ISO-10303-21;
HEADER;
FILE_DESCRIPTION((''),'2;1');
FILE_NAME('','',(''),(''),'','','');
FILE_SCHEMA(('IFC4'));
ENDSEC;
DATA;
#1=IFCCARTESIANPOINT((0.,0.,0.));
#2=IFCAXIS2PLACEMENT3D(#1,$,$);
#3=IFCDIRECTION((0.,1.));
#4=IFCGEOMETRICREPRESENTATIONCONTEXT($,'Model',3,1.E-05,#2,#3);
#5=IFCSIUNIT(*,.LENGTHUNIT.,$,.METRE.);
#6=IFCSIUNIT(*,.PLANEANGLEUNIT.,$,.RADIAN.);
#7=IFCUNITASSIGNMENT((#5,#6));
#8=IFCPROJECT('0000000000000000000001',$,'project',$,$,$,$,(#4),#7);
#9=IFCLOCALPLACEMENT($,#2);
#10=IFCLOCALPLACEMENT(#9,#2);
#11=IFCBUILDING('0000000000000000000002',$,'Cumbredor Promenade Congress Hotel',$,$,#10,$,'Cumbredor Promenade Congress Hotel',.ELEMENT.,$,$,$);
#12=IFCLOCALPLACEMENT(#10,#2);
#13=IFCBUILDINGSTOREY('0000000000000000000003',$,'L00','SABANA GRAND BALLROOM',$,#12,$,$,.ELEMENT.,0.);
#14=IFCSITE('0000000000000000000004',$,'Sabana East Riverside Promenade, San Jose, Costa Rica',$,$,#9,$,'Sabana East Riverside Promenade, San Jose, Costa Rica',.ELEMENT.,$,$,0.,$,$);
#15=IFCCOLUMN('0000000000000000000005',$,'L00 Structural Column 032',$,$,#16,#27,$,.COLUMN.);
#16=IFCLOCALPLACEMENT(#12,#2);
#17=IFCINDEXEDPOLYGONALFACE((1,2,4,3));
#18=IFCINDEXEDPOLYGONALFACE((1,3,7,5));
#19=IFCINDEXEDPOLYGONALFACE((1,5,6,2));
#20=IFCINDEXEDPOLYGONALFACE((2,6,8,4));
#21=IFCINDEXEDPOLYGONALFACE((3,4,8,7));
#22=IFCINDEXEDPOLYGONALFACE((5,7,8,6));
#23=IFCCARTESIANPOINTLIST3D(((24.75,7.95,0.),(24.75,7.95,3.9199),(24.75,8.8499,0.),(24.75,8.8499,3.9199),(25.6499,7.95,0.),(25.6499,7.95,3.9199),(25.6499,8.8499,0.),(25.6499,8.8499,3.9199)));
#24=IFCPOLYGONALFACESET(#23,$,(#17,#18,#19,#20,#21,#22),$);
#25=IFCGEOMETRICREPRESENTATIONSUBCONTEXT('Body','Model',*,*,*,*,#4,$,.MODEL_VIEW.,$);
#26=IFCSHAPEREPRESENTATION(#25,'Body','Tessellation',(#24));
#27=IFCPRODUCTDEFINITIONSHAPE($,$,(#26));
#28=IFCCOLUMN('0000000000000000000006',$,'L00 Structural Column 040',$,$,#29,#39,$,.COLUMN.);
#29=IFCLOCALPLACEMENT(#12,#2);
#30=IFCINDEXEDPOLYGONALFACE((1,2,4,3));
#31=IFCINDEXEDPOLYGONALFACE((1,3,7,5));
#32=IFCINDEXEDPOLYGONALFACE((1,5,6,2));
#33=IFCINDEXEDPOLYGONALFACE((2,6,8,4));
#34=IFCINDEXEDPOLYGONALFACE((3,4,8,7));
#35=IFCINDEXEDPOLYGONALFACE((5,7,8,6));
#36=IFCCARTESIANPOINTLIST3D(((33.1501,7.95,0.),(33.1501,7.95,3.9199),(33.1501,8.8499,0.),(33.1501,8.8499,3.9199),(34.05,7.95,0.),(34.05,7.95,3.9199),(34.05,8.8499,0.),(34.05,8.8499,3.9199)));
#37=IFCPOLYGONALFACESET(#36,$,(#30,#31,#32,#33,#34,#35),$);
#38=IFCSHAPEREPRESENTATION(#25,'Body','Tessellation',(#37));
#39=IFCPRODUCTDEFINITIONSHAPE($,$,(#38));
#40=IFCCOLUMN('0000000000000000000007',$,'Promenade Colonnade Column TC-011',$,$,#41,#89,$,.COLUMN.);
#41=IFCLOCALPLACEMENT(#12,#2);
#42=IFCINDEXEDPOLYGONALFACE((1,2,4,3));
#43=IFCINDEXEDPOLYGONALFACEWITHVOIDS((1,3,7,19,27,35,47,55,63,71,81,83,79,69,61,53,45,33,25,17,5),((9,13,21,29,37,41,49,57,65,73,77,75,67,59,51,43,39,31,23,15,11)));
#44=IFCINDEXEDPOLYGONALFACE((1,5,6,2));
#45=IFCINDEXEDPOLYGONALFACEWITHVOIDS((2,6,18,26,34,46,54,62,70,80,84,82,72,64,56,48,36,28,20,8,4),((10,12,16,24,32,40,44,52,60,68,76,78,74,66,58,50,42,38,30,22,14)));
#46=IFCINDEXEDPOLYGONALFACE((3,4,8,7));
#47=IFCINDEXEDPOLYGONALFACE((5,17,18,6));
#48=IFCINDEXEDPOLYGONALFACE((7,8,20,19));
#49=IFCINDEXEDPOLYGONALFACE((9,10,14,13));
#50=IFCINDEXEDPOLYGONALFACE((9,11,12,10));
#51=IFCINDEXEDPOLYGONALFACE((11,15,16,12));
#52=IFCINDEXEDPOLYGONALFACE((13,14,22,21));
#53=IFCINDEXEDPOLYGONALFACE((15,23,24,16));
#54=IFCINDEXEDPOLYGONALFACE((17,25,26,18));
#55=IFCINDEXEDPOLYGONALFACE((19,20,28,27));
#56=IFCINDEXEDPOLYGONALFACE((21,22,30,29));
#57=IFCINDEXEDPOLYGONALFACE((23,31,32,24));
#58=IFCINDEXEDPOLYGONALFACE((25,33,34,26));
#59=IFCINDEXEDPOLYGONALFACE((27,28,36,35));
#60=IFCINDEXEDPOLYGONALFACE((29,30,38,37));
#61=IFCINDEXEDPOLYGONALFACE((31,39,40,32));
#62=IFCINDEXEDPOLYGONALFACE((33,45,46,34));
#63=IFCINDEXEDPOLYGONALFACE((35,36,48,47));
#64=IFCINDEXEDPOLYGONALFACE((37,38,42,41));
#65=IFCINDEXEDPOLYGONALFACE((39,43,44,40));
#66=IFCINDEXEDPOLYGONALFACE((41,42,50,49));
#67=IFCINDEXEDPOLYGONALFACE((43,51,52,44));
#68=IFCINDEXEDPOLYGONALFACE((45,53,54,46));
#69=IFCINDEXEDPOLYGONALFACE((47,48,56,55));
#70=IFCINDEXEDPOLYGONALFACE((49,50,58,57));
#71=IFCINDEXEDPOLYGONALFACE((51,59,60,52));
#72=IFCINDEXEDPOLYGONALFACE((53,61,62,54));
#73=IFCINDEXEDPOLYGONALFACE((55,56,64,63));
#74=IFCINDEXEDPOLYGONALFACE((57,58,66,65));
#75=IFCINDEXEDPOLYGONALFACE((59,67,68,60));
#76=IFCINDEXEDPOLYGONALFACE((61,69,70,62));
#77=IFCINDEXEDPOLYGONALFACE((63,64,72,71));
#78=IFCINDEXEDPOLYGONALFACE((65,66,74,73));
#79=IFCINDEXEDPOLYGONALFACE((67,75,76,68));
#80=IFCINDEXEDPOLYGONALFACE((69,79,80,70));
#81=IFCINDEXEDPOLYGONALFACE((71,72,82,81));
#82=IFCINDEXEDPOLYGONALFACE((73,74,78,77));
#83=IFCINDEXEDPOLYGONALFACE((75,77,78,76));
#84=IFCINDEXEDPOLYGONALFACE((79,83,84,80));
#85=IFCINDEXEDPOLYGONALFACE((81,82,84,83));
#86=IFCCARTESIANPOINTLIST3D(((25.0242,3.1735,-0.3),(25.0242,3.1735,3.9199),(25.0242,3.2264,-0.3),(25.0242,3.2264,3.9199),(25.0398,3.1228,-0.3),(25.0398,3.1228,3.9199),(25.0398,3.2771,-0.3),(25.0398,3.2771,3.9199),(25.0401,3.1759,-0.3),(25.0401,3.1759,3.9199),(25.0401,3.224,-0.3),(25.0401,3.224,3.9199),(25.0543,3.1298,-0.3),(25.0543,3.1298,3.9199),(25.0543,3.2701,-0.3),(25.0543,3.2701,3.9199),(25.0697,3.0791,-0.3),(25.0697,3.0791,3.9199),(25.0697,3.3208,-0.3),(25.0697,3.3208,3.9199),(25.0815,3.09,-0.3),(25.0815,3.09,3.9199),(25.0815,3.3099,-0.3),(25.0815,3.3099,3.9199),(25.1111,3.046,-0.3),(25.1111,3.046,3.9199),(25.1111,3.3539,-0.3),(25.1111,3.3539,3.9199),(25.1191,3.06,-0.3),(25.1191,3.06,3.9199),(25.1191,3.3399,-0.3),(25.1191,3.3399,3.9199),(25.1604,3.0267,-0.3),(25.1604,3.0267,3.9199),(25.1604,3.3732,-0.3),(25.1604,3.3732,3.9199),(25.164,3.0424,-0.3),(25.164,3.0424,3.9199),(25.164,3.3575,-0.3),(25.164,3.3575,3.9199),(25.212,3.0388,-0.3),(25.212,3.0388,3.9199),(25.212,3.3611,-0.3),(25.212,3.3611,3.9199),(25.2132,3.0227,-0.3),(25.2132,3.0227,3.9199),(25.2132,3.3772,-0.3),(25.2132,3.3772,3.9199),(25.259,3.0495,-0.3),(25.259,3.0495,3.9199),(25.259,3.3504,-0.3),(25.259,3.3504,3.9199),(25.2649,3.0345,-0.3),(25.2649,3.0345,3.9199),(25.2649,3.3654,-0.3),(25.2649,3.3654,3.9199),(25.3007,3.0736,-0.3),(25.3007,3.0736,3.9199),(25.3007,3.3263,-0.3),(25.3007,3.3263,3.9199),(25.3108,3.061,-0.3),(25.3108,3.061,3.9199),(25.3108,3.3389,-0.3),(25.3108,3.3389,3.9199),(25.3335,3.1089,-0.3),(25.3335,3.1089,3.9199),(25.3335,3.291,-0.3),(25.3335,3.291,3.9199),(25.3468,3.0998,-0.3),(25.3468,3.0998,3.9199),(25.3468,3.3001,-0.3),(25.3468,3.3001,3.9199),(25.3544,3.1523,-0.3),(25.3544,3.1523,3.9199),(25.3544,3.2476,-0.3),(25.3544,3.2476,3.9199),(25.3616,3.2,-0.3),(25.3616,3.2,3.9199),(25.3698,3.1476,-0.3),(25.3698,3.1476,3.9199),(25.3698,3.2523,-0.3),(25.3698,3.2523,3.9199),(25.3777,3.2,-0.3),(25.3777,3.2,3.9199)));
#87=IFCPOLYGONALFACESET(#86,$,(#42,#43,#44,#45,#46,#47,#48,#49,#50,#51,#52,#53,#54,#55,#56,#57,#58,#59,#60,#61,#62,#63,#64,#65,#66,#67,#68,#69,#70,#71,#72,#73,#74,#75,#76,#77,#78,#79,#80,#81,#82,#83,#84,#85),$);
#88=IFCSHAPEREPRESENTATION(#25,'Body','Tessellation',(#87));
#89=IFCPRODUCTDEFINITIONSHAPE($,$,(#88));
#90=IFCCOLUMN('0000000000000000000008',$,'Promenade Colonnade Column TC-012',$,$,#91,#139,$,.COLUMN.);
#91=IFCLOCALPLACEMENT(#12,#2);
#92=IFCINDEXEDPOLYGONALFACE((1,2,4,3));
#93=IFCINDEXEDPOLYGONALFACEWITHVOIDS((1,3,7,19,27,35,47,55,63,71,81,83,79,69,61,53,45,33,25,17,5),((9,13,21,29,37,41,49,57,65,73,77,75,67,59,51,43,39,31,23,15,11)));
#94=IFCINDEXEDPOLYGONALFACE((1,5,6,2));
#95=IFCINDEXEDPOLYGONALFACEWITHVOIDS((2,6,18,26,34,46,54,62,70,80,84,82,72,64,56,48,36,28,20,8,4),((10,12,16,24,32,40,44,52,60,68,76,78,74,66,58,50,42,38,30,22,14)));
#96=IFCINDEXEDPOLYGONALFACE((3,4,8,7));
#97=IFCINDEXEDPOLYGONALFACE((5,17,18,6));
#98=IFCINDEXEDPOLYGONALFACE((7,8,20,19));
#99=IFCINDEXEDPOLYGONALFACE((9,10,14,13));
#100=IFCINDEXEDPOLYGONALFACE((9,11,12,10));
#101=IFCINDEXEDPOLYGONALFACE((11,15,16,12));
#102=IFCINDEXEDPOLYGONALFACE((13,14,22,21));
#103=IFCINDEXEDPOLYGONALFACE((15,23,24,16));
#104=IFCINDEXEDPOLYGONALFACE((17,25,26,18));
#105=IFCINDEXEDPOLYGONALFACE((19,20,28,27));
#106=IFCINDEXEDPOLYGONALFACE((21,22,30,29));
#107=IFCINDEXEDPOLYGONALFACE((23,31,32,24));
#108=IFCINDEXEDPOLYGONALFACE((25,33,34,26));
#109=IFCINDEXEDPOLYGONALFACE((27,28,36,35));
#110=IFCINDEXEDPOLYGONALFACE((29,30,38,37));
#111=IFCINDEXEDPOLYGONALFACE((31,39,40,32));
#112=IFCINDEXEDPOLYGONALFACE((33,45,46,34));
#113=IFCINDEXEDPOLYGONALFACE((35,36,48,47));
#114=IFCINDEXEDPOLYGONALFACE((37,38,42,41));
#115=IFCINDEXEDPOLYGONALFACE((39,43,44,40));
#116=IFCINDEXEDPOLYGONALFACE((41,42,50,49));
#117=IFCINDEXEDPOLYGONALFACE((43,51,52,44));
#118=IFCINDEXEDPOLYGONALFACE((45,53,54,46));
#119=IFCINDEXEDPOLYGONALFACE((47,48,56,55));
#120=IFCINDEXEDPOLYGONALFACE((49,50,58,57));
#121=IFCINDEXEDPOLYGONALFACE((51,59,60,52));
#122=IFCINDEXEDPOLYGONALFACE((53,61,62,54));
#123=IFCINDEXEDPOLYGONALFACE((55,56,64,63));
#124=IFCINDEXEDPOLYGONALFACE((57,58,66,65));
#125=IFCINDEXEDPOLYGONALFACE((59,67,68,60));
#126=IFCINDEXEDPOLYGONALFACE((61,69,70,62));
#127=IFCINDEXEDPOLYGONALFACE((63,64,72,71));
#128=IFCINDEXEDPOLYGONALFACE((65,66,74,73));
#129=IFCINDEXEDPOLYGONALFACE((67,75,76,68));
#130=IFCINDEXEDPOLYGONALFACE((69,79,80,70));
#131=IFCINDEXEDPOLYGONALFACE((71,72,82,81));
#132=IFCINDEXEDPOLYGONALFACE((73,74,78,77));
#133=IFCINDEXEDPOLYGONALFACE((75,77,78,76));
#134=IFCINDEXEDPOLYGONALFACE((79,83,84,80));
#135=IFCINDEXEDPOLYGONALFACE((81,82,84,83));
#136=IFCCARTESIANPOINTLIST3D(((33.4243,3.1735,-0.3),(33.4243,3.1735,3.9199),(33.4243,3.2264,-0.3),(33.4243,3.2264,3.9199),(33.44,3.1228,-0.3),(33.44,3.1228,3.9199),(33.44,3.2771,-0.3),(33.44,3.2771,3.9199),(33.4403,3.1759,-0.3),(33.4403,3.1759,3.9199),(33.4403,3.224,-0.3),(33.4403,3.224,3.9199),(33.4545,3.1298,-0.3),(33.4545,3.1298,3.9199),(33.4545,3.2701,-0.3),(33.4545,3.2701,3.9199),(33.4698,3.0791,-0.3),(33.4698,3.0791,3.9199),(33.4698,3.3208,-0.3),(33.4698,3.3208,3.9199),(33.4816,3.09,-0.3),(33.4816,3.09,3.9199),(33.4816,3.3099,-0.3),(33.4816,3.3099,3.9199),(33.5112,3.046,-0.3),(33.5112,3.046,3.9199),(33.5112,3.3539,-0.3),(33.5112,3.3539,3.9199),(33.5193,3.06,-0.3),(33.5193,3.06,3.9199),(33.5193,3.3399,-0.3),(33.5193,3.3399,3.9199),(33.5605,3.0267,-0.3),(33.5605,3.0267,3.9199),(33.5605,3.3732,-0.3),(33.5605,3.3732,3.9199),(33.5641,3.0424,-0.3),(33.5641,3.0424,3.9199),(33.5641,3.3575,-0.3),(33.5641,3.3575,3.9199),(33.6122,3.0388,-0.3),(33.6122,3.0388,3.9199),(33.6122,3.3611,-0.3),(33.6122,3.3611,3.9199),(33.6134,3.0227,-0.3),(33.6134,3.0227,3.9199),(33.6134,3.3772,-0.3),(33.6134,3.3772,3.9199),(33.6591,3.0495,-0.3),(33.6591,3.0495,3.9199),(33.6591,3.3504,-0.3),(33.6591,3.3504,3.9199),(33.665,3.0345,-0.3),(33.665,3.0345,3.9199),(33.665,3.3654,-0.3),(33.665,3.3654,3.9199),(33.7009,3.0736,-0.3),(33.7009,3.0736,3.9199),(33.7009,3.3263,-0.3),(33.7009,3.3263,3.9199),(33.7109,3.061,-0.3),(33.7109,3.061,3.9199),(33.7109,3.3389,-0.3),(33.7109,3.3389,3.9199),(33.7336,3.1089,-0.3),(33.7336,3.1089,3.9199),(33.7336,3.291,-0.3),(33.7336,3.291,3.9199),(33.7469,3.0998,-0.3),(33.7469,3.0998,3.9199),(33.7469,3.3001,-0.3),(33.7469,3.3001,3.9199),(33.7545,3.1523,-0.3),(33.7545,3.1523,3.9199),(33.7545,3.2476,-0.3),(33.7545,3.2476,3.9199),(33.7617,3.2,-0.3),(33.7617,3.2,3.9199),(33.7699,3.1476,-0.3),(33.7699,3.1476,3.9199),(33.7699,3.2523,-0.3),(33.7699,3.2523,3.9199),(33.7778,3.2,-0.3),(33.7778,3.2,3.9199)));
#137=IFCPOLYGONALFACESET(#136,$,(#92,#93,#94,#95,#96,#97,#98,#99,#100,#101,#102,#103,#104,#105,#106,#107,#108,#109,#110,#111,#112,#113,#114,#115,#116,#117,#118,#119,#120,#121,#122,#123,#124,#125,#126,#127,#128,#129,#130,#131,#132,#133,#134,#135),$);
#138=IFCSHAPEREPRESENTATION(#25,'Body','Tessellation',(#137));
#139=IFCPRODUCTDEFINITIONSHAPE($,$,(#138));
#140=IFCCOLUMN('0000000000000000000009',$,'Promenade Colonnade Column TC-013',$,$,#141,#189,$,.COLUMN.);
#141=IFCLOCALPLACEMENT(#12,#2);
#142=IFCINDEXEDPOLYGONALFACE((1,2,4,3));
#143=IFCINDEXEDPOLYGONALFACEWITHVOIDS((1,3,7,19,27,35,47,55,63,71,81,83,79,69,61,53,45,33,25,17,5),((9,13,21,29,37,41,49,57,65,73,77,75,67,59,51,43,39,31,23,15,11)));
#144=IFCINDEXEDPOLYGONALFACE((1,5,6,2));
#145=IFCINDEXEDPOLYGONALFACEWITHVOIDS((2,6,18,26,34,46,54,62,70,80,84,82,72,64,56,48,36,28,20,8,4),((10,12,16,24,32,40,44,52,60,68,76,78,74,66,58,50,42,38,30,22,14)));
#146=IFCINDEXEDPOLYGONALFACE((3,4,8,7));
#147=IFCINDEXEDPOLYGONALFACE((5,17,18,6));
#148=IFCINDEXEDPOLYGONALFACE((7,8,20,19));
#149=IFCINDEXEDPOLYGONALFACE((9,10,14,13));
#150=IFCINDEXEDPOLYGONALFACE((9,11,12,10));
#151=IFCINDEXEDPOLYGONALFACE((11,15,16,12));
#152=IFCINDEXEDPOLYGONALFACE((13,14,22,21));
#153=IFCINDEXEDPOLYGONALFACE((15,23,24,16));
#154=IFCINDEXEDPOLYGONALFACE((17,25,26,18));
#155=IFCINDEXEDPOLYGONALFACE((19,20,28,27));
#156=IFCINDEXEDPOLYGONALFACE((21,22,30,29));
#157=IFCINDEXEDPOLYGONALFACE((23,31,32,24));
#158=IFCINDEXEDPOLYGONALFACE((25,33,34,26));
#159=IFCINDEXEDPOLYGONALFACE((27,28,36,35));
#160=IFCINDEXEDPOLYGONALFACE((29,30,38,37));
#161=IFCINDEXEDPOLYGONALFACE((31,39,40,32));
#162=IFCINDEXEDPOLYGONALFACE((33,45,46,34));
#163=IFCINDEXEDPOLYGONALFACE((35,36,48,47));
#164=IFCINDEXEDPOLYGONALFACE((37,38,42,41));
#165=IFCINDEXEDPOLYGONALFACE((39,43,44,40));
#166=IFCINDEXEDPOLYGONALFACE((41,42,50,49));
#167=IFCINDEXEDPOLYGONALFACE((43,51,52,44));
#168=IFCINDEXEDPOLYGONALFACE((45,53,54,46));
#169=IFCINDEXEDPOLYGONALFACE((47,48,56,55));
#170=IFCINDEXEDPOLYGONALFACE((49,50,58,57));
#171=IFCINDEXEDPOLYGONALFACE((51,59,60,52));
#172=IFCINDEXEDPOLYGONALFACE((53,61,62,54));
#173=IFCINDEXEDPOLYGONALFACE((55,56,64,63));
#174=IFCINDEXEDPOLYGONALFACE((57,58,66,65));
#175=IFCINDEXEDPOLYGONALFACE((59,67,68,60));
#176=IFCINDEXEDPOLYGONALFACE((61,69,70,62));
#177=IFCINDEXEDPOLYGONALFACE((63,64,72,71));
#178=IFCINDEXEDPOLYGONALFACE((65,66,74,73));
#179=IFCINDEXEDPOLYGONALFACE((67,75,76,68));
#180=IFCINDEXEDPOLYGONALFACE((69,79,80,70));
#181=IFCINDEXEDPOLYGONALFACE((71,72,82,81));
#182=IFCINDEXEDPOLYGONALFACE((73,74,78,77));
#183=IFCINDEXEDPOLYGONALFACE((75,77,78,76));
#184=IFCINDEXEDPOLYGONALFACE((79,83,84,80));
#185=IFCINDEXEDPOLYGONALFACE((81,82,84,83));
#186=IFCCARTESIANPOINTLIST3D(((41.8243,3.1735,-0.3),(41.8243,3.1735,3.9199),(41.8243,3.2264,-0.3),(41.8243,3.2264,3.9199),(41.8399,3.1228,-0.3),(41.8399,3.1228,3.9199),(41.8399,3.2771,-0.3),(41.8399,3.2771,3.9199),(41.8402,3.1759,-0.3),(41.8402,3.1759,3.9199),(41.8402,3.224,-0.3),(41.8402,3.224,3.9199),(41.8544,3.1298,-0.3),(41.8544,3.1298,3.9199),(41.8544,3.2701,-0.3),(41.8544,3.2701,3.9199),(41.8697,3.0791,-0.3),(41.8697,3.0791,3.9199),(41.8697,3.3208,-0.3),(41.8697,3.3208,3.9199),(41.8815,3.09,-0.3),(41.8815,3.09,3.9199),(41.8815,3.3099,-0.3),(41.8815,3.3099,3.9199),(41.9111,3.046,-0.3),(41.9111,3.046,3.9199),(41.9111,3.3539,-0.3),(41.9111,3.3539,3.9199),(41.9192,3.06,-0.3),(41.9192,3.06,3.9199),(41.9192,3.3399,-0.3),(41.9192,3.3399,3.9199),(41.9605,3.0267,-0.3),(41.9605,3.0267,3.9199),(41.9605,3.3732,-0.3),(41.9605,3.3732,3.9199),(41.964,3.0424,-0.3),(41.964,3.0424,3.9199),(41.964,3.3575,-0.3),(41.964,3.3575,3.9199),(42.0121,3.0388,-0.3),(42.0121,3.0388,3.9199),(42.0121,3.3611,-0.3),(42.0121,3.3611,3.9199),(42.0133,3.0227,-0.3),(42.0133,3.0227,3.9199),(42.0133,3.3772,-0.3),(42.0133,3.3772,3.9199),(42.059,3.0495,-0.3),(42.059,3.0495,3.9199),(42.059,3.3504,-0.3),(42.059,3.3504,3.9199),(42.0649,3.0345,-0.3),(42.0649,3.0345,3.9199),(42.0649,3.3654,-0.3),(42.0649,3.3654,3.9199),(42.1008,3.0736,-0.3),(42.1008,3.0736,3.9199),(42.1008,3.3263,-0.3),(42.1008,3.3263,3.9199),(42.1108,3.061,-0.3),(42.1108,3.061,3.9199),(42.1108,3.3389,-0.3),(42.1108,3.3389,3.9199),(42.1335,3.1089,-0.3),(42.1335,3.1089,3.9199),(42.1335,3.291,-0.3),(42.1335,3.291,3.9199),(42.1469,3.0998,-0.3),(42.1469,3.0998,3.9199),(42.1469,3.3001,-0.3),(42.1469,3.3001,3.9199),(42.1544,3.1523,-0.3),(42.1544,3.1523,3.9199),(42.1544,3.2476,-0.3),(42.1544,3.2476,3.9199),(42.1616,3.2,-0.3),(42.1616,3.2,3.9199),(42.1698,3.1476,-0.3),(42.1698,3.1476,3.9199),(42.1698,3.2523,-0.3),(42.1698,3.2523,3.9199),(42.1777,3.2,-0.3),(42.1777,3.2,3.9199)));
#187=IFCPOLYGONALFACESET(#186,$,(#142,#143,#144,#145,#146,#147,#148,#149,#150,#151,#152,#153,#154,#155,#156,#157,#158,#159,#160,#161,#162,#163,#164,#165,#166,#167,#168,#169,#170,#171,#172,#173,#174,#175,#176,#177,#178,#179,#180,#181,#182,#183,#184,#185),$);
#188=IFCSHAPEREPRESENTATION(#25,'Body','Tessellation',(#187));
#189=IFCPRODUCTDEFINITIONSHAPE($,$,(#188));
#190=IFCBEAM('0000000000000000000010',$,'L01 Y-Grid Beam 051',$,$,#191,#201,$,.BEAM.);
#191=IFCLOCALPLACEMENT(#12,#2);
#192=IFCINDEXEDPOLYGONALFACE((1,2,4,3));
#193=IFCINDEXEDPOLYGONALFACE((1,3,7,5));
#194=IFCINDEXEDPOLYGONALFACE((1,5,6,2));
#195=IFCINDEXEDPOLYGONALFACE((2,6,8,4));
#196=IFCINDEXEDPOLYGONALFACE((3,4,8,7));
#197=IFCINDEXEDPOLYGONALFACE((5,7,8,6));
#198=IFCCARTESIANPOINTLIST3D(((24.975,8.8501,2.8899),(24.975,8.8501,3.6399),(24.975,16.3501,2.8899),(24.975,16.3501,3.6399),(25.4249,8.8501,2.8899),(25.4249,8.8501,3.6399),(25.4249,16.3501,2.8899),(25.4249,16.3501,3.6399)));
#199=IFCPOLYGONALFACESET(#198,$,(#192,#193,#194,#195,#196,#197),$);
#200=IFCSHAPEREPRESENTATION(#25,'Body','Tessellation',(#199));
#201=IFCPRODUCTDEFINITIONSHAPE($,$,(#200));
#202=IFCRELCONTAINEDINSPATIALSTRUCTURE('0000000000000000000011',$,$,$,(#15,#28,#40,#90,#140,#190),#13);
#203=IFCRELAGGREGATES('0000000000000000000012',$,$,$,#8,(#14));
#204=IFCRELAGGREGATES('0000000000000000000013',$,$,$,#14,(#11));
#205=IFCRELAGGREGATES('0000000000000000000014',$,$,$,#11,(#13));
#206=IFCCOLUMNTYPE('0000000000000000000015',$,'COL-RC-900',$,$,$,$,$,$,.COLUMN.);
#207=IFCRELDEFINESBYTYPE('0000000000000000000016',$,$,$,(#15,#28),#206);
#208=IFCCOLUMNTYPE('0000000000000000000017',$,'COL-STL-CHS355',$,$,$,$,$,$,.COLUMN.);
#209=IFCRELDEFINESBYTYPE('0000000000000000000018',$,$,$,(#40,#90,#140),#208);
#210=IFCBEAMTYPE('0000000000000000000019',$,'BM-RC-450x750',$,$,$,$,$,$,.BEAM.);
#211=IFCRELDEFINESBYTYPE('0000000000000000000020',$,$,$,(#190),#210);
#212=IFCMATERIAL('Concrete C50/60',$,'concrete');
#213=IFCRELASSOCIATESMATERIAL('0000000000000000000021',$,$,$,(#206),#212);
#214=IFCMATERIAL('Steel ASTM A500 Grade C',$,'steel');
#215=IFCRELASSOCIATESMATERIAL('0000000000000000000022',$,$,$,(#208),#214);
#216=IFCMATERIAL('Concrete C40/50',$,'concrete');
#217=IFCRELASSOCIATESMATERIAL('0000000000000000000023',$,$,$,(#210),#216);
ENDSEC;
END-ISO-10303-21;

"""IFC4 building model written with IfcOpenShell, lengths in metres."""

from ifc_helpers import new_model, si_unit, direction, frame, origin, origin_2d, place, context, subcontext, project, spatial, rectangle, hollow_circle, extrude, material, material_profile, profile_set, type_object, element, save


model = new_model("IFC4")

# Units and contexts
model_context = context("Model", 3, precision=1e-05, world=origin(), true_north=direction((0.0, 1.0)))
body_context = subcontext(model_context, "Body", "Model", "MODEL_VIEW")
ifc_project = project(units=[si_unit("LENGTHUNIT", "METRE"), si_unit("PLANEANGLEUNIT", "RADIAN")], contexts=[model_context])

# Site, building, storey
site_placement = place(None, origin())
site = spatial("IfcSite", under=ifc_project, at=site_placement, Name="Sabana East Riverside Promenade, San Jose, Costa Rica", LongName="Sabana East Riverside Promenade, San Jose, Costa Rica", CompositionType="ELEMENT", RefElevation=0.0)
building_placement = place(site_placement, origin())
building = spatial("IfcBuilding", under=site, at=building_placement, Name="Cumbredor Promenade Congress Hotel", LongName="Cumbredor Promenade Congress Hotel", CompositionType="ELEMENT")
storey_placement = place(building_placement, origin())
storey = spatial("IfcBuildingStorey", under=building, at=storey_placement, Name="L00", Description="SABANA GRAND BALLROOM", CompositionType="ELEMENT", Elevation=0.0)

# Columns
ifc_material_1 = material(Name="Concrete C50/60", Category="concrete")
ifc_material_profile_1 = material_profile(ifc_material_1, rectangle(XDim=0.8999, YDim=0.8999, at=origin_2d()), Name="RC 900x900")
ifc_profile_set_1 = profile_set([ifc_material_profile_1], Name="Concrete C50/60")
column_type_1 = type_object("IfcColumnType", Name="COL-RC-900", PredefinedType="COLUMN", material=ifc_profile_set_1)
for number, where, z_axis, x_axis, name in (
    (1, (25.2, 8.3999, 0.0), (0.0, 0.0, 1.0), (1.0, 0.0, 0.0), "L00 Structural Column 032"),
    (2, (33.6001, 8.3999, 0.0), (0.0, 0.0, 1.0), (1.0, 0.0, 0.0), "L00 Structural Column 040"),
):
    element("IfcColumn", number, at=place(storey_placement, frame(where, z_axis=z_axis, x_axis=x_axis)), inside=storey, type_object=column_type_1, Name=name, PredefinedType="COLUMN", context=body_context, shape_type="SweptSolid", body=[
        extrude(rectangle(XDim=0.8999, YDim=0.8999, at=origin_2d()), origin(), (0.0, 0.0, 1.0), 3.9199),
    ])
ifc_material_2 = material(Name="Steel ASTM A500 Grade C", Category="steel")
ifc_material_profile_2 = material_profile(ifc_material_2, hollow_circle(Radius=0.1777, WallThickness=0.0161, at=origin_2d()), Name="CHS 355.6x16")
ifc_profile_set_2 = profile_set([ifc_material_profile_2], Name="Steel ASTM A500 Grade C")
column_type_2 = type_object("IfcColumnType", Name="COL-STL-CHS355", PredefinedType="COLUMN", material=ifc_profile_set_2)
for number, where, z_axis, x_axis, name in (
    (3, (25.2, 3.2, -0.3), (0.0, 0.0, 1.0), (1.0, 0.0, 0.0), "Promenade Colonnade Column TC-011"),
    (4, (33.6001, 3.2, -0.3), (0.0, 0.0, 1.0), (1.0, 0.0, 0.0), "Promenade Colonnade Column TC-012"),
    (5, (42.0, 3.2, -0.3), (0.0, 0.0, 1.0), (1.0, 0.0, 0.0), "Promenade Colonnade Column TC-013"),
):
    element("IfcColumn", number, at=place(storey_placement, frame(where, z_axis=z_axis, x_axis=x_axis)), inside=storey, type_object=column_type_2, Name=name, PredefinedType="COLUMN", context=body_context, shape_type="SweptSolid", body=[
        extrude(hollow_circle(Radius=0.1777, WallThickness=0.0161, at=origin_2d()), origin(), (0.0, 0.0, 1.0), 4.22),
    ])

# Beam
ifc_material_3 = material(Name="Concrete C40/50", Category="concrete")
ifc_material_profile_3 = material_profile(ifc_material_3, rectangle(XDim=0.45, YDim=0.75, at=origin_2d()), Name="RC BEAM 450x750")
ifc_profile_set_3 = profile_set([ifc_material_profile_3], Name="Concrete C40/50")
beam_type_1 = type_object("IfcBeamType", Name="BM-RC-450x750", PredefinedType="BEAM", material=ifc_profile_set_3)
beam_1_placement = place(storey_placement, frame((25.2, 8.8501, 3.2649), z_axis=(0.0, 1.0, 0.0), x_axis=(-1.0, 0.0, 0.0)))
element("IfcBeam", 6, at=beam_1_placement, inside=storey, type_object=beam_type_1, Name="L01 Y-Grid Beam 051", PredefinedType="BEAM", context=body_context, shape_type="SweptSolid", body=[
    extrude(rectangle(XDim=0.45, YDim=0.75, at=origin_2d()), origin(), (0.0, 0.0, 1.0), 7.5),
])

save(model, "model.ifc")
